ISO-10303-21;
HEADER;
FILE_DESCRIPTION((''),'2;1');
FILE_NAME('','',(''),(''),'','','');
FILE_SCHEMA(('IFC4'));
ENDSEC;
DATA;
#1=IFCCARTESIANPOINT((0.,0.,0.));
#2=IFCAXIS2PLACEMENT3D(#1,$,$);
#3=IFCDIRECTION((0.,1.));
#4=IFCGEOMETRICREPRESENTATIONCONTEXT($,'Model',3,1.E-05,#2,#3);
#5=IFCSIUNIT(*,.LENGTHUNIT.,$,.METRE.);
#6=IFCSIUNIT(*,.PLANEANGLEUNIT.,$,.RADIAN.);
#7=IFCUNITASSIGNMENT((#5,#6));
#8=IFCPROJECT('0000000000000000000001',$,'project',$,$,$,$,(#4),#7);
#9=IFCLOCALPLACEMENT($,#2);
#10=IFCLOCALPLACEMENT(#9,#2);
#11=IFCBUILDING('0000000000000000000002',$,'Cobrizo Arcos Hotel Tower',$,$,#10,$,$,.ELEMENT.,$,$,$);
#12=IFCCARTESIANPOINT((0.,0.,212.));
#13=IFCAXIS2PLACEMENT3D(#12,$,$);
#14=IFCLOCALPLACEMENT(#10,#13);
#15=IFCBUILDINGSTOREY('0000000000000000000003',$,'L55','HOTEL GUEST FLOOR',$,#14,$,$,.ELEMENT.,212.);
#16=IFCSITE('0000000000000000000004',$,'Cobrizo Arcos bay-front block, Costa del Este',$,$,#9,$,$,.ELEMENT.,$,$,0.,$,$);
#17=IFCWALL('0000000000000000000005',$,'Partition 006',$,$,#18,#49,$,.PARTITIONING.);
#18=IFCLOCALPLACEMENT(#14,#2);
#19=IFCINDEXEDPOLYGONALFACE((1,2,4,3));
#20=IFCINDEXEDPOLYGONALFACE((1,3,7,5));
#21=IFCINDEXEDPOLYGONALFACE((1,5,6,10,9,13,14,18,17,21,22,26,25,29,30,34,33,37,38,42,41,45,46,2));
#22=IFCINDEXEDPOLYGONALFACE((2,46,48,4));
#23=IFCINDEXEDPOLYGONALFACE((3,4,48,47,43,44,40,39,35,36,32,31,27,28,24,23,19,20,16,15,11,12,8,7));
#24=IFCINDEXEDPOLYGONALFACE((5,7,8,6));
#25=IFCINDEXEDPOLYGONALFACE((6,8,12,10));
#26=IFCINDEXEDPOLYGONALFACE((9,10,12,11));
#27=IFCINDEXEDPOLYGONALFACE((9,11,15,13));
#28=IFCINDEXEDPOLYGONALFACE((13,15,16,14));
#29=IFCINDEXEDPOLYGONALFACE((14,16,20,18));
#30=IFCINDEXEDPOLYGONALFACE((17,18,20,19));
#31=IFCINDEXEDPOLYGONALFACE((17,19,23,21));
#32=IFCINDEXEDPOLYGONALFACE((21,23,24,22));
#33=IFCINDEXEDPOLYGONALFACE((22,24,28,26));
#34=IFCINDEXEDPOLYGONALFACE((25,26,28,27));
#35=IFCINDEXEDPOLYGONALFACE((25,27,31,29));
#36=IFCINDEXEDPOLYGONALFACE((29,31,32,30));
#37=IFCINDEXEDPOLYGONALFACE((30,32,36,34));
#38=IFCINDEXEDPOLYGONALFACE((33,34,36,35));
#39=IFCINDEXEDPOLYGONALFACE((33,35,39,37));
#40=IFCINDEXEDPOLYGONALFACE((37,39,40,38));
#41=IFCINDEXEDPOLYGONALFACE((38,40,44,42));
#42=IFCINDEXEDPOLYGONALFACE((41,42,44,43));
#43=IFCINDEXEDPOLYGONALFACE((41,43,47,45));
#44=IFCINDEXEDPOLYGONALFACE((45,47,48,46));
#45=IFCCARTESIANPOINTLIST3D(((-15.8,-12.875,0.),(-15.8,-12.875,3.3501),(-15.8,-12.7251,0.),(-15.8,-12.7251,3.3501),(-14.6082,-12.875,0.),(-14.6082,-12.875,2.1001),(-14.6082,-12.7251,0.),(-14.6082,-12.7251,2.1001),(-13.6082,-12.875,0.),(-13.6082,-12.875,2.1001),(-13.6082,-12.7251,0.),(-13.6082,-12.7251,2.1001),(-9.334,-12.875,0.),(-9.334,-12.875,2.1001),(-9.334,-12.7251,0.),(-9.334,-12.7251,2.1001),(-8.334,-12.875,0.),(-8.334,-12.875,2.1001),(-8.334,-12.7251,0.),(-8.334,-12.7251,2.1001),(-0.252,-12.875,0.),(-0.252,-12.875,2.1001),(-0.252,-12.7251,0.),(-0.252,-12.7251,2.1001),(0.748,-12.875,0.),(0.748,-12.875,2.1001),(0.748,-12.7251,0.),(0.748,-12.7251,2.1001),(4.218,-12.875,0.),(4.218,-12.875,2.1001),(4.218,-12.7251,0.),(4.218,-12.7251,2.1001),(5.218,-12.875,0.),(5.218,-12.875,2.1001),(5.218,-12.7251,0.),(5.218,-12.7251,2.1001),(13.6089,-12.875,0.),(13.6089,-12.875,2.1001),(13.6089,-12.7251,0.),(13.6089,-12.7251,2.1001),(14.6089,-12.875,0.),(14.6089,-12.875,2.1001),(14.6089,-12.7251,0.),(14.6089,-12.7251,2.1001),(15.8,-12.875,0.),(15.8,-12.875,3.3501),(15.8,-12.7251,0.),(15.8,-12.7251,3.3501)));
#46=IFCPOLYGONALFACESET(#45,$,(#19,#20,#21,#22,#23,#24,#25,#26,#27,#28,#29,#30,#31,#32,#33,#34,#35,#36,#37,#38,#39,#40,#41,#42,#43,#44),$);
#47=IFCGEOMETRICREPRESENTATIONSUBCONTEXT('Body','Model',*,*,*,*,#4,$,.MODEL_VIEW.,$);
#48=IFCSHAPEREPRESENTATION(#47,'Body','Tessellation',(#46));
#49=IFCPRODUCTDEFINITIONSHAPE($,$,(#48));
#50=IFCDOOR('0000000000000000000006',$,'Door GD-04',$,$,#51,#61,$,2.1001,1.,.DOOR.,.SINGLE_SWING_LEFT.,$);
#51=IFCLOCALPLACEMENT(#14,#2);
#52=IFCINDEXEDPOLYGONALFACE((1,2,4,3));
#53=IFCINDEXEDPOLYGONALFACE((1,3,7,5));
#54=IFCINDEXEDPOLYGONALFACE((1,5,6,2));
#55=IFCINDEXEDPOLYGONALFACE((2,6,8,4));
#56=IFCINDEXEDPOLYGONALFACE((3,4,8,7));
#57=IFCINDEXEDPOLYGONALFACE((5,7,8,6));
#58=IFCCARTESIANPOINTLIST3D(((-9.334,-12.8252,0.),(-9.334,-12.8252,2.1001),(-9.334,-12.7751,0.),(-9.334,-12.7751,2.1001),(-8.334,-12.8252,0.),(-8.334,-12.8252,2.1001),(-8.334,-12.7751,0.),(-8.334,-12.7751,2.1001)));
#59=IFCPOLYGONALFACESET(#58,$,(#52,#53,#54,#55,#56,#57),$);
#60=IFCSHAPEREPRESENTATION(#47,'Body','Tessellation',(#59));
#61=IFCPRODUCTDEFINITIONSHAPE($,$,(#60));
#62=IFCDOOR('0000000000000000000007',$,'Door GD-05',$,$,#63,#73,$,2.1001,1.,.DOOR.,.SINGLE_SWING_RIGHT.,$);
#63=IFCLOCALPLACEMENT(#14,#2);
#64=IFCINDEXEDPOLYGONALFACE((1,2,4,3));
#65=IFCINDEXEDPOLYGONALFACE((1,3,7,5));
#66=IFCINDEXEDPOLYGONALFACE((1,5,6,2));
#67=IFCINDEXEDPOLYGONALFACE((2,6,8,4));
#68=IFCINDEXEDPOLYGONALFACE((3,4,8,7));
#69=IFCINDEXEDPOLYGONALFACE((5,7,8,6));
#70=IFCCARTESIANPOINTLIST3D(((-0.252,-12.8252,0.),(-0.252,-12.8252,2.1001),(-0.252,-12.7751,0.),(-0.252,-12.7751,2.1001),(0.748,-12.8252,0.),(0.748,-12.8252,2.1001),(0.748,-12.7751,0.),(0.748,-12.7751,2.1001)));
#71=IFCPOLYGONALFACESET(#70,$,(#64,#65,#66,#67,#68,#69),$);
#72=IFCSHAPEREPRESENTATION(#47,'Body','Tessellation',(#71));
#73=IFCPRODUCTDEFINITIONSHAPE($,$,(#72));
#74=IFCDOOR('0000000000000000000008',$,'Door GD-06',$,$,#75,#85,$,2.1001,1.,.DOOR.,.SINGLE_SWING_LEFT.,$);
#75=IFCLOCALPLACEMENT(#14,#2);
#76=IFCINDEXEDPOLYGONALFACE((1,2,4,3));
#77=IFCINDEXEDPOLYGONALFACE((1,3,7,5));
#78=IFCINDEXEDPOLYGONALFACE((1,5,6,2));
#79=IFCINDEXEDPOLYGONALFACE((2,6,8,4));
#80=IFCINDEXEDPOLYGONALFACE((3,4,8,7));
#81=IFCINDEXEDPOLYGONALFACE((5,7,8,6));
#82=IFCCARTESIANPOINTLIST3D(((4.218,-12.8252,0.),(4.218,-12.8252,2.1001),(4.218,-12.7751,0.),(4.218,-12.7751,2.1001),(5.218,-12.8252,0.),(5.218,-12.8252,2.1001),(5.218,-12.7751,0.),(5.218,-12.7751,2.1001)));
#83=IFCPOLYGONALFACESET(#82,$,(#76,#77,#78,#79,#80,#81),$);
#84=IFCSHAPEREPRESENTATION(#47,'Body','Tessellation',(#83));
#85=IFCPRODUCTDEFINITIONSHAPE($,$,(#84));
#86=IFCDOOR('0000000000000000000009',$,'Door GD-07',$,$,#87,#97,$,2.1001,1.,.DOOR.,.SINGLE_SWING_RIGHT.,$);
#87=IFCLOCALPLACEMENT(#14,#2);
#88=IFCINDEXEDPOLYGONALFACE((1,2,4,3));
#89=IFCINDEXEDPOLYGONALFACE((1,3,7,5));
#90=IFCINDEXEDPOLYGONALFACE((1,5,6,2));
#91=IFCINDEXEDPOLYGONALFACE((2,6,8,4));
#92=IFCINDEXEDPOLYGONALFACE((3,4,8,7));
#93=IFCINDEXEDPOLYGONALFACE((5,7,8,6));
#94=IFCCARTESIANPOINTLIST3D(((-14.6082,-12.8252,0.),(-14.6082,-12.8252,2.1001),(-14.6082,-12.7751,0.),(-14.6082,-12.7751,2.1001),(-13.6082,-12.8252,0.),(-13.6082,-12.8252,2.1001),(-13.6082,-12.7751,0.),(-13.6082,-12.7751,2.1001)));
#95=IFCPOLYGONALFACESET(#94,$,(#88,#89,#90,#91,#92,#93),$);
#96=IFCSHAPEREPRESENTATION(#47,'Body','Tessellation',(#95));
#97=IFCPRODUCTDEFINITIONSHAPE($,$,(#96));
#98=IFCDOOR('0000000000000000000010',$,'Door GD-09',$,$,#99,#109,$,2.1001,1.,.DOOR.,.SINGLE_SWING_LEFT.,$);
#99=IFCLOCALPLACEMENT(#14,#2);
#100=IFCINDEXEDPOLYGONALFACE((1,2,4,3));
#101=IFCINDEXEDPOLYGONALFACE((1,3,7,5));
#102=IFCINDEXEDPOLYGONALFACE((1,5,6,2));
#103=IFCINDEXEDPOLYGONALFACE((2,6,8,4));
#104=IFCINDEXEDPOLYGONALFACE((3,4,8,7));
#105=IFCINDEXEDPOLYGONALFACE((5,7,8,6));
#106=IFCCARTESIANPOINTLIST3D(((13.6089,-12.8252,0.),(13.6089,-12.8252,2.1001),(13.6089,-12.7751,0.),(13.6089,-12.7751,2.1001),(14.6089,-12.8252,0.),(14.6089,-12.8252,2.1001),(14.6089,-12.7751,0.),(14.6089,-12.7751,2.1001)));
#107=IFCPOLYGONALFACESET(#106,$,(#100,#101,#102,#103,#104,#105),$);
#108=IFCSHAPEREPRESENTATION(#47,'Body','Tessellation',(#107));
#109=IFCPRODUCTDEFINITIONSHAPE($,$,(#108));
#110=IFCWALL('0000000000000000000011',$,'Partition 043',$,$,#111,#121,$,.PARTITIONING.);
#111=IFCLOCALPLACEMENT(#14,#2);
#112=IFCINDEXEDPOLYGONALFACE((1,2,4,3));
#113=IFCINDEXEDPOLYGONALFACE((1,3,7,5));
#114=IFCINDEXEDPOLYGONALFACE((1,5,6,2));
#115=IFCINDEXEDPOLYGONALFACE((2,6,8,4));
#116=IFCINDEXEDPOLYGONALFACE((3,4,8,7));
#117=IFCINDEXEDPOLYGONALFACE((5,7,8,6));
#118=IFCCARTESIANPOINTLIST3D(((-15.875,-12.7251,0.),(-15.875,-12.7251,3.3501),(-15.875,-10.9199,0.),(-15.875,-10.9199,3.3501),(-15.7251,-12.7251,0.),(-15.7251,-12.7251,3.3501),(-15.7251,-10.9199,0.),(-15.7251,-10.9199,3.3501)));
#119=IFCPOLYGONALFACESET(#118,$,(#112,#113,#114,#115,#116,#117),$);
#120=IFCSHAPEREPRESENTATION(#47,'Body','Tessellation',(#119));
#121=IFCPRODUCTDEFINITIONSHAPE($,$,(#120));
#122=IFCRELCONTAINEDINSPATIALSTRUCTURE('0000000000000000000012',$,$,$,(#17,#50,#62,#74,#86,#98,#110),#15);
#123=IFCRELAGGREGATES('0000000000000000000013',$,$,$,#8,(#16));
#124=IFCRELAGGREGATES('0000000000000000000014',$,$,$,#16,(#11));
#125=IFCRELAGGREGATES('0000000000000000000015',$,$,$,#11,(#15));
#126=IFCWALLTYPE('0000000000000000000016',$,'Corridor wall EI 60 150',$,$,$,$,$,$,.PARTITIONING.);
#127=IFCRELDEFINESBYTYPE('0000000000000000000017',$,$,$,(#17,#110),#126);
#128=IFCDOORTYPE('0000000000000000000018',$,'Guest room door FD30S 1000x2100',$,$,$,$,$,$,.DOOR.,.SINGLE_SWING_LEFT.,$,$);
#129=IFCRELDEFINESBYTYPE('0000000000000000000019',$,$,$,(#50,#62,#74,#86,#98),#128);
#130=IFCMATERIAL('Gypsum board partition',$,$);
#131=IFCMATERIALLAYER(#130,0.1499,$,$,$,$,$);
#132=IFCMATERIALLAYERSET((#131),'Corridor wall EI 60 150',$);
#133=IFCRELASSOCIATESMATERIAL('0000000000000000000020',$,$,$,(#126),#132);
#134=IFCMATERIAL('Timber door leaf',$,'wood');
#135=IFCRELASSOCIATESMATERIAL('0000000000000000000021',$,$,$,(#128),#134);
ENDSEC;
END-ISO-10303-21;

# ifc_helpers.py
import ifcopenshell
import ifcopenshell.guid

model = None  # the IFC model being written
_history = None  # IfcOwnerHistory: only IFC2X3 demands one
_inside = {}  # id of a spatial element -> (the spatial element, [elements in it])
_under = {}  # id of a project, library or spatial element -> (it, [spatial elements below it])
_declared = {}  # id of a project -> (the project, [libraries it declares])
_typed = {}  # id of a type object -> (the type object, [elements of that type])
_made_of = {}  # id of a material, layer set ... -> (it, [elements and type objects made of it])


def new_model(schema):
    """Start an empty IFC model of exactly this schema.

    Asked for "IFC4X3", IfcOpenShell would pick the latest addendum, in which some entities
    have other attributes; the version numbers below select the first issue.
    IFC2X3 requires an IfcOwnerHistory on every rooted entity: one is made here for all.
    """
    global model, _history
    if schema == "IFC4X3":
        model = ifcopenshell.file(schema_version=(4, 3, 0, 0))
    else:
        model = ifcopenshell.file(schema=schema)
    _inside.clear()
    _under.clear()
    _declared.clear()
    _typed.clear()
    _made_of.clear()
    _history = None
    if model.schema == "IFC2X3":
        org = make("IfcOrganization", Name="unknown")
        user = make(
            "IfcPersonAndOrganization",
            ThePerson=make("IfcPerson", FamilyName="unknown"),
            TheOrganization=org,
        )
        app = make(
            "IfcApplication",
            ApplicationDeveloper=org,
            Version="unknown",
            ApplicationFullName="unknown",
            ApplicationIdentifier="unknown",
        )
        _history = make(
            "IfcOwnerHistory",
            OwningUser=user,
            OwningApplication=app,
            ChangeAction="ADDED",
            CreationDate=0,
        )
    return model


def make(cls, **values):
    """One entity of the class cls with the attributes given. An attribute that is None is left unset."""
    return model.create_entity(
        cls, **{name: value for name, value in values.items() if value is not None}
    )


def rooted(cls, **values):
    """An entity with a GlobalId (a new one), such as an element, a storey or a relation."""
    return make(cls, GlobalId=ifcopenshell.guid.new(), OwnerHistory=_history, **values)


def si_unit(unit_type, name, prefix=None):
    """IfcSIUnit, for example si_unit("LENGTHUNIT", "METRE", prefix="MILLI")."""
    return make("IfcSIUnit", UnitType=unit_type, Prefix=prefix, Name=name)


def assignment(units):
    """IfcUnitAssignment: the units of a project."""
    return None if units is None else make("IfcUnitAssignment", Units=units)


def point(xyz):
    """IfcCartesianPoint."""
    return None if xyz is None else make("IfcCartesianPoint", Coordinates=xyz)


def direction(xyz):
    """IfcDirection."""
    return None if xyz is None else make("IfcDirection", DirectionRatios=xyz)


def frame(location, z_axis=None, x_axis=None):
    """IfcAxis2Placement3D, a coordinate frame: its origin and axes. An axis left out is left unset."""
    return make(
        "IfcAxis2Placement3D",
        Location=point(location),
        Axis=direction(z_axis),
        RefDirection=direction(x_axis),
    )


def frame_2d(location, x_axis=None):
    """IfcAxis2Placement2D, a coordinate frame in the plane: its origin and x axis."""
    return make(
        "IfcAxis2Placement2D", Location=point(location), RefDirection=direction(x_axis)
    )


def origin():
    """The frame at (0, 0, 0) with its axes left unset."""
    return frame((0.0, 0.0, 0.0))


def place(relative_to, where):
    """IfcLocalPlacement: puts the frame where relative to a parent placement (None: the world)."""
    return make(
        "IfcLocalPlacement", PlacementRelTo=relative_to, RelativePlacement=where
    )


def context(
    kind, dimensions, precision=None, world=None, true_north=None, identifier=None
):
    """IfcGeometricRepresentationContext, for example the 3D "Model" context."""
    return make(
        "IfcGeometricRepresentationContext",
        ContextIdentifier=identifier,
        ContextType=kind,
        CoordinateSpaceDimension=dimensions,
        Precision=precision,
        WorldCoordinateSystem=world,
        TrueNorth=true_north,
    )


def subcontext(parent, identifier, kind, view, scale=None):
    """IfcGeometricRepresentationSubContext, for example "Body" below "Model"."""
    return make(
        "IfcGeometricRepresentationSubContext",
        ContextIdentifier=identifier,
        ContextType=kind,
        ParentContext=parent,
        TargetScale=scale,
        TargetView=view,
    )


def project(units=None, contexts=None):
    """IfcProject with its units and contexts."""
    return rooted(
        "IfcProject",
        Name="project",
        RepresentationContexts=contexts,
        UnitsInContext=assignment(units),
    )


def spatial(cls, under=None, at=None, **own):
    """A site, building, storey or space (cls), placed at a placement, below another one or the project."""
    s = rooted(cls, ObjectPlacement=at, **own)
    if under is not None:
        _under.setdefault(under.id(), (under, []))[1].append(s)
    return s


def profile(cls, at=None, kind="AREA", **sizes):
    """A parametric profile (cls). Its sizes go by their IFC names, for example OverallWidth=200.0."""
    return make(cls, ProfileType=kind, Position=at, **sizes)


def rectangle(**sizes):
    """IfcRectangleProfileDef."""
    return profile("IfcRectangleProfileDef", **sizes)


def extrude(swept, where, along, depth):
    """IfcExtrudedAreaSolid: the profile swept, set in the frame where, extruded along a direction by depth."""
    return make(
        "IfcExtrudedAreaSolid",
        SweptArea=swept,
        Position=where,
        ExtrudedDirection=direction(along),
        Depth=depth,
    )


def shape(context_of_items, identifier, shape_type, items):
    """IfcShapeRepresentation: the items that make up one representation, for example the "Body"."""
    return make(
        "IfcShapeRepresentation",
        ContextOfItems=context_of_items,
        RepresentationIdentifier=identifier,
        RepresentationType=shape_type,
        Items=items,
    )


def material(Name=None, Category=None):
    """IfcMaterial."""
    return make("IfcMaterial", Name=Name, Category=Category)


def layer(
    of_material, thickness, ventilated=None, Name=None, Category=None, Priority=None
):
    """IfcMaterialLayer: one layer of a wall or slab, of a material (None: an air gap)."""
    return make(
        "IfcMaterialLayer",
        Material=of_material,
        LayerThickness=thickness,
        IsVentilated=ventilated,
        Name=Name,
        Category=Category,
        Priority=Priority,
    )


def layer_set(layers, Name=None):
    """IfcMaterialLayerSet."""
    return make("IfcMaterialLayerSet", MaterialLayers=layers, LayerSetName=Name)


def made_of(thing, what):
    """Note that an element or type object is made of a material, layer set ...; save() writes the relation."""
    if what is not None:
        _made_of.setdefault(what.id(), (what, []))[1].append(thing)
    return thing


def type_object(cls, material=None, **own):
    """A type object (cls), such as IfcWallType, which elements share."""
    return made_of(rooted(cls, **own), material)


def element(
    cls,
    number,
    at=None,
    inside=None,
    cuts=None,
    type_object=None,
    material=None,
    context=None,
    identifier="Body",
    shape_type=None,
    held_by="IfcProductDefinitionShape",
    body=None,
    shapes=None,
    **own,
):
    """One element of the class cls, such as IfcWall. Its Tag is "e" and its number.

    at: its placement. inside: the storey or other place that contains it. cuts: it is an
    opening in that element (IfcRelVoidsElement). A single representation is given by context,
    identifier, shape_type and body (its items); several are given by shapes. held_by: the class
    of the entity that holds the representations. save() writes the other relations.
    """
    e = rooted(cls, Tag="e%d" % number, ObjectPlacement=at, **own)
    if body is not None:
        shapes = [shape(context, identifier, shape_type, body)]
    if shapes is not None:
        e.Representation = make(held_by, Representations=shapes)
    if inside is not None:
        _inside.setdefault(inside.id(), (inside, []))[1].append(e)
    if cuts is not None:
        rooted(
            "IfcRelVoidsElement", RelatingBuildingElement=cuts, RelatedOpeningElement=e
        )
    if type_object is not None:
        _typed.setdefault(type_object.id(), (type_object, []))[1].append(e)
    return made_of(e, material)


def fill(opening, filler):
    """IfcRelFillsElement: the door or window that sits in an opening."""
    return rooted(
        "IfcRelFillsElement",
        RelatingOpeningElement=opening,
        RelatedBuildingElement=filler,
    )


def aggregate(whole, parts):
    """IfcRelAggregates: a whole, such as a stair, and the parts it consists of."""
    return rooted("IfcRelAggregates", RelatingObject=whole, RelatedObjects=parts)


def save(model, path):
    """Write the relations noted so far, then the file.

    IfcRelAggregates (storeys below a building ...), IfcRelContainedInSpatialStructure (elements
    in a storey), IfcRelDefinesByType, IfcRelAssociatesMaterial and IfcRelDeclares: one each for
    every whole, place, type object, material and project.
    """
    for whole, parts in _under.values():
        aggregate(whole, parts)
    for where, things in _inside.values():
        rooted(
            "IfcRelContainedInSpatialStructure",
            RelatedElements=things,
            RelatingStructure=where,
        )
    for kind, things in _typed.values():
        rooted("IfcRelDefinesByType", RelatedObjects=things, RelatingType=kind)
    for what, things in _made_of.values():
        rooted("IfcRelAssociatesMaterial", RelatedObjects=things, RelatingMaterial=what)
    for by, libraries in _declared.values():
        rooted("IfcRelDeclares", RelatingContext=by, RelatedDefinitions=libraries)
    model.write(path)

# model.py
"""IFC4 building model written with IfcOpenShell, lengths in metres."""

from ifc_helpers import new_model, si_unit, direction, frame, frame_2d, origin, place, context, subcontext, project, spatial, rectangle, extrude, material, layer, layer_set, type_object, element, fill, save


model = new_model("IFC4")

# Units and contexts
model_context = context("Model", 3, precision=1e-05, world=origin(), true_north=direction((0.0, 1.0)))
body_context = subcontext(model_context, "Body", "Model", "MODEL_VIEW")
ifc_project = project(units=[si_unit("LENGTHUNIT", "METRE"), si_unit("PLANEANGLEUNIT", "RADIAN")], contexts=[model_context])

# Site, building, storey
site_placement = place(None, origin())
site = spatial("IfcSite", under=ifc_project, at=site_placement, Name="Cobrizo Arcos bay-front block, Costa del Este", CompositionType="ELEMENT", RefElevation=0.0)
building_placement = place(site_placement, origin())
building = spatial("IfcBuilding", under=site, at=building_placement, Name="Cobrizo Arcos Hotel Tower", CompositionType="ELEMENT")
storey_placement = place(building_placement, frame((0.0, 0.0, 212.0)))
storey = spatial("IfcBuildingStorey", under=building, at=storey_placement, Name="L55", Description="HOTEL GUEST FLOOR", CompositionType="ELEMENT", Elevation=212.0)

# Wall, openings, doors
ifc_material_1 = material(Name="Gypsum board partition")
ifc_layer_1 = layer(ifc_material_1, 0.1499)
ifc_layer_set_1 = layer_set([ifc_layer_1], Name="Corridor wall EI 60 150")
wall_type = type_object("IfcWallType", Name="Corridor wall EI 60 150", PredefinedType="PARTITIONING", material=ifc_layer_set_1)
wall_1_placement = place(storey_placement, frame((-15.8, -12.8, 0.0), z_axis=(0.0, 0.0, 1.0), x_axis=(1.0, 0.0, 0.0)))
wall_1 = element("IfcWall", 1, at=wall_1_placement, inside=storey, type_object=wall_type, Name="Partition 006", PredefinedType="PARTITIONING", context=body_context, shape_type="SweptSolid", body=[
    extrude(rectangle(XDim=31.6001, YDim=0.1499, at=frame_2d((15.8, 0.0))), origin(), (0.0, 0.0, 1.0), 3.3501),
])
opening_1_placement = place(wall_1_placement, frame((6.4661, 0.0, 0.0)))
opening_1 = element("IfcOpeningElement", 2, at=opening_1_placement, cuts=wall_1, PredefinedType="OPENING", context=body_context, shape_type="SweptSolid", body=[
    extrude(rectangle(XDim=1.0, YDim=2.1001, at=frame_2d((0.5, 1.05))), frame((0.0, 0.0869, 0.0), z_axis=(0.0, -1.0, 0.0), x_axis=(1.0, 0.0, 0.0)), (0.0, 0.0, 1.0), 0.1738),
])
opening_2_placement = place(wall_1_placement, frame((15.5481, 0.0, 0.0)))
opening_2 = element("IfcOpeningElement", 3, at=opening_2_placement, cuts=wall_1, PredefinedType="OPENING", context=body_context, shape_type="SweptSolid", body=[
    extrude(rectangle(XDim=1.0, YDim=2.1001, at=frame_2d((0.5, 1.05))), frame((0.0, 0.0869, 0.0), z_axis=(0.0, -1.0, 0.0), x_axis=(1.0, 0.0, 0.0)), (0.0, 0.0, 1.0), 0.1738),
])
opening_3_placement = place(wall_1_placement, frame((20.0181, 0.0, 0.0)))
opening_3 = element("IfcOpeningElement", 4, at=opening_3_placement, cuts=wall_1, PredefinedType="OPENING", context=body_context, shape_type="SweptSolid", body=[
    extrude(rectangle(XDim=1.0, YDim=2.1001, at=frame_2d((0.5, 1.05))), frame((0.0, 0.0869, 0.0), z_axis=(0.0, -1.0, 0.0), x_axis=(1.0, 0.0, 0.0)), (0.0, 0.0, 1.0), 0.1738),
])
opening_4_placement = place(wall_1_placement, frame((1.1919, 0.0, 0.0)))
opening_4 = element("IfcOpeningElement", 5, at=opening_4_placement, cuts=wall_1, PredefinedType="OPENING", context=body_context, shape_type="SweptSolid", body=[
    extrude(rectangle(XDim=1.0, YDim=2.1001, at=frame_2d((0.5, 1.05))), frame((0.0, 0.0869, 0.0), z_axis=(0.0, -1.0, 0.0), x_axis=(1.0, 0.0, 0.0)), (0.0, 0.0, 1.0), 0.1738),
])
opening_5_placement = place(wall_1_placement, frame((29.4089, 0.0, 0.0)))
opening_5 = element("IfcOpeningElement", 6, at=opening_5_placement, cuts=wall_1, PredefinedType="OPENING", context=body_context, shape_type="SweptSolid", body=[
    extrude(rectangle(XDim=1.0, YDim=2.1001, at=frame_2d((0.5, 1.05))), frame((0.0, 0.0869, 0.0), z_axis=(0.0, -1.0, 0.0), x_axis=(1.0, 0.0, 0.0)), (0.0, 0.0, 1.0), 0.1738),
])
ifc_material_2 = material(Name="Timber door leaf", Category="wood")
door_type = type_object("IfcDoorType", Name="Guest room door FD30S 1000x2100", OperationType="SINGLE_SWING_LEFT", PredefinedType="DOOR", material=ifc_material_2)
door_1_placement = place(opening_1_placement, origin())
door_1 = element("IfcDoor", 7, at=door_1_placement, inside=storey, type_object=door_type, Name="Door GD-04", OperationType="SINGLE_SWING_LEFT", OverallHeight=2.1001, OverallWidth=1.0, PredefinedType="DOOR", context=body_context, shape_type="SweptSolid", body=[
    extrude(rectangle(XDim=1.0, YDim=2.1001, at=frame_2d((0.5, 1.05))), frame((0.0, 0.0249, 0.0), z_axis=(0.0, -1.0, 0.0), x_axis=(1.0, 0.0, 0.0)), (0.0, 0.0, 1.0), 0.05),
])
fill(opening_1, door_1)
door_2_placement = place(opening_2_placement, origin())
door_2 = element("IfcDoor", 8, at=door_2_placement, inside=storey, type_object=door_type, Name="Door GD-05", OperationType="SINGLE_SWING_RIGHT", OverallHeight=2.1001, OverallWidth=1.0, PredefinedType="DOOR", context=body_context, shape_type="SweptSolid", body=[
    extrude(rectangle(XDim=1.0, YDim=2.1001, at=frame_2d((0.5, 1.05))), frame((0.0, 0.0249, 0.0), z_axis=(0.0, -1.0, 0.0), x_axis=(1.0, 0.0, 0.0)), (0.0, 0.0, 1.0), 0.05),
])
fill(opening_2, door_2)
door_3_placement = place(opening_3_placement, origin())
door_3 = element("IfcDoor", 9, at=door_3_placement, inside=storey, type_object=door_type, Name="Door GD-06", OperationType="SINGLE_SWING_LEFT", OverallHeight=2.1001, OverallWidth=1.0, PredefinedType="DOOR", context=body_context, shape_type="SweptSolid", body=[
    extrude(rectangle(XDim=1.0, YDim=2.1001, at=frame_2d((0.5, 1.05))), frame((0.0, 0.0249, 0.0), z_axis=(0.0, -1.0, 0.0), x_axis=(1.0, 0.0, 0.0)), (0.0, 0.0, 1.0), 0.05),
])
fill(opening_3, door_3)
door_4_placement = place(opening_4_placement, origin())
door_4 = element("IfcDoor", 10, at=door_4_placement, inside=storey, type_object=door_type, Name="Door GD-07", OperationType="SINGLE_SWING_RIGHT", OverallHeight=2.1001, OverallWidth=1.0, PredefinedType="DOOR", context=body_context, shape_type="SweptSolid", body=[
    extrude(rectangle(XDim=1.0, YDim=2.1001, at=frame_2d((0.5, 1.05))), frame((0.0, 0.0249, 0.0), z_axis=(0.0, -1.0, 0.0), x_axis=(1.0, 0.0, 0.0)), (0.0, 0.0, 1.0), 0.05),
])
fill(opening_4, door_4)
door_5_placement = place(opening_5_placement, origin())
door_5 = element("IfcDoor", 11, at=door_5_placement, inside=storey, type_object=door_type, Name="Door GD-09", OperationType="SINGLE_SWING_LEFT", OverallHeight=2.1001, OverallWidth=1.0, PredefinedType="DOOR", context=body_context, shape_type="SweptSolid", body=[
    extrude(rectangle(XDim=1.0, YDim=2.1001, at=frame_2d((0.5, 1.05))), frame((0.0, 0.0249, 0.0), z_axis=(0.0, -1.0, 0.0), x_axis=(1.0, 0.0, 0.0)), (0.0, 0.0, 1.0), 0.05),
])
fill(opening_5, door_5)

# Wall
wall_2_placement = place(storey_placement, frame((-15.8, -12.7251, 0.0), z_axis=(0.0, 0.0, 1.0), x_axis=(0.0, 1.0, 0.0)))
element("IfcWall", 12, at=wall_2_placement, inside=storey, type_object=wall_type, Name="Partition 043", PredefinedType="PARTITIONING", context=body_context, shape_type="SweptSolid", body=[
    extrude(rectangle(XDim=1.8052, YDim=0.1499, at=frame_2d((0.9026, 0.0))), origin(), (0.0, 0.0, 1.0), 3.3501),
])

save(model, "model.ifc")
